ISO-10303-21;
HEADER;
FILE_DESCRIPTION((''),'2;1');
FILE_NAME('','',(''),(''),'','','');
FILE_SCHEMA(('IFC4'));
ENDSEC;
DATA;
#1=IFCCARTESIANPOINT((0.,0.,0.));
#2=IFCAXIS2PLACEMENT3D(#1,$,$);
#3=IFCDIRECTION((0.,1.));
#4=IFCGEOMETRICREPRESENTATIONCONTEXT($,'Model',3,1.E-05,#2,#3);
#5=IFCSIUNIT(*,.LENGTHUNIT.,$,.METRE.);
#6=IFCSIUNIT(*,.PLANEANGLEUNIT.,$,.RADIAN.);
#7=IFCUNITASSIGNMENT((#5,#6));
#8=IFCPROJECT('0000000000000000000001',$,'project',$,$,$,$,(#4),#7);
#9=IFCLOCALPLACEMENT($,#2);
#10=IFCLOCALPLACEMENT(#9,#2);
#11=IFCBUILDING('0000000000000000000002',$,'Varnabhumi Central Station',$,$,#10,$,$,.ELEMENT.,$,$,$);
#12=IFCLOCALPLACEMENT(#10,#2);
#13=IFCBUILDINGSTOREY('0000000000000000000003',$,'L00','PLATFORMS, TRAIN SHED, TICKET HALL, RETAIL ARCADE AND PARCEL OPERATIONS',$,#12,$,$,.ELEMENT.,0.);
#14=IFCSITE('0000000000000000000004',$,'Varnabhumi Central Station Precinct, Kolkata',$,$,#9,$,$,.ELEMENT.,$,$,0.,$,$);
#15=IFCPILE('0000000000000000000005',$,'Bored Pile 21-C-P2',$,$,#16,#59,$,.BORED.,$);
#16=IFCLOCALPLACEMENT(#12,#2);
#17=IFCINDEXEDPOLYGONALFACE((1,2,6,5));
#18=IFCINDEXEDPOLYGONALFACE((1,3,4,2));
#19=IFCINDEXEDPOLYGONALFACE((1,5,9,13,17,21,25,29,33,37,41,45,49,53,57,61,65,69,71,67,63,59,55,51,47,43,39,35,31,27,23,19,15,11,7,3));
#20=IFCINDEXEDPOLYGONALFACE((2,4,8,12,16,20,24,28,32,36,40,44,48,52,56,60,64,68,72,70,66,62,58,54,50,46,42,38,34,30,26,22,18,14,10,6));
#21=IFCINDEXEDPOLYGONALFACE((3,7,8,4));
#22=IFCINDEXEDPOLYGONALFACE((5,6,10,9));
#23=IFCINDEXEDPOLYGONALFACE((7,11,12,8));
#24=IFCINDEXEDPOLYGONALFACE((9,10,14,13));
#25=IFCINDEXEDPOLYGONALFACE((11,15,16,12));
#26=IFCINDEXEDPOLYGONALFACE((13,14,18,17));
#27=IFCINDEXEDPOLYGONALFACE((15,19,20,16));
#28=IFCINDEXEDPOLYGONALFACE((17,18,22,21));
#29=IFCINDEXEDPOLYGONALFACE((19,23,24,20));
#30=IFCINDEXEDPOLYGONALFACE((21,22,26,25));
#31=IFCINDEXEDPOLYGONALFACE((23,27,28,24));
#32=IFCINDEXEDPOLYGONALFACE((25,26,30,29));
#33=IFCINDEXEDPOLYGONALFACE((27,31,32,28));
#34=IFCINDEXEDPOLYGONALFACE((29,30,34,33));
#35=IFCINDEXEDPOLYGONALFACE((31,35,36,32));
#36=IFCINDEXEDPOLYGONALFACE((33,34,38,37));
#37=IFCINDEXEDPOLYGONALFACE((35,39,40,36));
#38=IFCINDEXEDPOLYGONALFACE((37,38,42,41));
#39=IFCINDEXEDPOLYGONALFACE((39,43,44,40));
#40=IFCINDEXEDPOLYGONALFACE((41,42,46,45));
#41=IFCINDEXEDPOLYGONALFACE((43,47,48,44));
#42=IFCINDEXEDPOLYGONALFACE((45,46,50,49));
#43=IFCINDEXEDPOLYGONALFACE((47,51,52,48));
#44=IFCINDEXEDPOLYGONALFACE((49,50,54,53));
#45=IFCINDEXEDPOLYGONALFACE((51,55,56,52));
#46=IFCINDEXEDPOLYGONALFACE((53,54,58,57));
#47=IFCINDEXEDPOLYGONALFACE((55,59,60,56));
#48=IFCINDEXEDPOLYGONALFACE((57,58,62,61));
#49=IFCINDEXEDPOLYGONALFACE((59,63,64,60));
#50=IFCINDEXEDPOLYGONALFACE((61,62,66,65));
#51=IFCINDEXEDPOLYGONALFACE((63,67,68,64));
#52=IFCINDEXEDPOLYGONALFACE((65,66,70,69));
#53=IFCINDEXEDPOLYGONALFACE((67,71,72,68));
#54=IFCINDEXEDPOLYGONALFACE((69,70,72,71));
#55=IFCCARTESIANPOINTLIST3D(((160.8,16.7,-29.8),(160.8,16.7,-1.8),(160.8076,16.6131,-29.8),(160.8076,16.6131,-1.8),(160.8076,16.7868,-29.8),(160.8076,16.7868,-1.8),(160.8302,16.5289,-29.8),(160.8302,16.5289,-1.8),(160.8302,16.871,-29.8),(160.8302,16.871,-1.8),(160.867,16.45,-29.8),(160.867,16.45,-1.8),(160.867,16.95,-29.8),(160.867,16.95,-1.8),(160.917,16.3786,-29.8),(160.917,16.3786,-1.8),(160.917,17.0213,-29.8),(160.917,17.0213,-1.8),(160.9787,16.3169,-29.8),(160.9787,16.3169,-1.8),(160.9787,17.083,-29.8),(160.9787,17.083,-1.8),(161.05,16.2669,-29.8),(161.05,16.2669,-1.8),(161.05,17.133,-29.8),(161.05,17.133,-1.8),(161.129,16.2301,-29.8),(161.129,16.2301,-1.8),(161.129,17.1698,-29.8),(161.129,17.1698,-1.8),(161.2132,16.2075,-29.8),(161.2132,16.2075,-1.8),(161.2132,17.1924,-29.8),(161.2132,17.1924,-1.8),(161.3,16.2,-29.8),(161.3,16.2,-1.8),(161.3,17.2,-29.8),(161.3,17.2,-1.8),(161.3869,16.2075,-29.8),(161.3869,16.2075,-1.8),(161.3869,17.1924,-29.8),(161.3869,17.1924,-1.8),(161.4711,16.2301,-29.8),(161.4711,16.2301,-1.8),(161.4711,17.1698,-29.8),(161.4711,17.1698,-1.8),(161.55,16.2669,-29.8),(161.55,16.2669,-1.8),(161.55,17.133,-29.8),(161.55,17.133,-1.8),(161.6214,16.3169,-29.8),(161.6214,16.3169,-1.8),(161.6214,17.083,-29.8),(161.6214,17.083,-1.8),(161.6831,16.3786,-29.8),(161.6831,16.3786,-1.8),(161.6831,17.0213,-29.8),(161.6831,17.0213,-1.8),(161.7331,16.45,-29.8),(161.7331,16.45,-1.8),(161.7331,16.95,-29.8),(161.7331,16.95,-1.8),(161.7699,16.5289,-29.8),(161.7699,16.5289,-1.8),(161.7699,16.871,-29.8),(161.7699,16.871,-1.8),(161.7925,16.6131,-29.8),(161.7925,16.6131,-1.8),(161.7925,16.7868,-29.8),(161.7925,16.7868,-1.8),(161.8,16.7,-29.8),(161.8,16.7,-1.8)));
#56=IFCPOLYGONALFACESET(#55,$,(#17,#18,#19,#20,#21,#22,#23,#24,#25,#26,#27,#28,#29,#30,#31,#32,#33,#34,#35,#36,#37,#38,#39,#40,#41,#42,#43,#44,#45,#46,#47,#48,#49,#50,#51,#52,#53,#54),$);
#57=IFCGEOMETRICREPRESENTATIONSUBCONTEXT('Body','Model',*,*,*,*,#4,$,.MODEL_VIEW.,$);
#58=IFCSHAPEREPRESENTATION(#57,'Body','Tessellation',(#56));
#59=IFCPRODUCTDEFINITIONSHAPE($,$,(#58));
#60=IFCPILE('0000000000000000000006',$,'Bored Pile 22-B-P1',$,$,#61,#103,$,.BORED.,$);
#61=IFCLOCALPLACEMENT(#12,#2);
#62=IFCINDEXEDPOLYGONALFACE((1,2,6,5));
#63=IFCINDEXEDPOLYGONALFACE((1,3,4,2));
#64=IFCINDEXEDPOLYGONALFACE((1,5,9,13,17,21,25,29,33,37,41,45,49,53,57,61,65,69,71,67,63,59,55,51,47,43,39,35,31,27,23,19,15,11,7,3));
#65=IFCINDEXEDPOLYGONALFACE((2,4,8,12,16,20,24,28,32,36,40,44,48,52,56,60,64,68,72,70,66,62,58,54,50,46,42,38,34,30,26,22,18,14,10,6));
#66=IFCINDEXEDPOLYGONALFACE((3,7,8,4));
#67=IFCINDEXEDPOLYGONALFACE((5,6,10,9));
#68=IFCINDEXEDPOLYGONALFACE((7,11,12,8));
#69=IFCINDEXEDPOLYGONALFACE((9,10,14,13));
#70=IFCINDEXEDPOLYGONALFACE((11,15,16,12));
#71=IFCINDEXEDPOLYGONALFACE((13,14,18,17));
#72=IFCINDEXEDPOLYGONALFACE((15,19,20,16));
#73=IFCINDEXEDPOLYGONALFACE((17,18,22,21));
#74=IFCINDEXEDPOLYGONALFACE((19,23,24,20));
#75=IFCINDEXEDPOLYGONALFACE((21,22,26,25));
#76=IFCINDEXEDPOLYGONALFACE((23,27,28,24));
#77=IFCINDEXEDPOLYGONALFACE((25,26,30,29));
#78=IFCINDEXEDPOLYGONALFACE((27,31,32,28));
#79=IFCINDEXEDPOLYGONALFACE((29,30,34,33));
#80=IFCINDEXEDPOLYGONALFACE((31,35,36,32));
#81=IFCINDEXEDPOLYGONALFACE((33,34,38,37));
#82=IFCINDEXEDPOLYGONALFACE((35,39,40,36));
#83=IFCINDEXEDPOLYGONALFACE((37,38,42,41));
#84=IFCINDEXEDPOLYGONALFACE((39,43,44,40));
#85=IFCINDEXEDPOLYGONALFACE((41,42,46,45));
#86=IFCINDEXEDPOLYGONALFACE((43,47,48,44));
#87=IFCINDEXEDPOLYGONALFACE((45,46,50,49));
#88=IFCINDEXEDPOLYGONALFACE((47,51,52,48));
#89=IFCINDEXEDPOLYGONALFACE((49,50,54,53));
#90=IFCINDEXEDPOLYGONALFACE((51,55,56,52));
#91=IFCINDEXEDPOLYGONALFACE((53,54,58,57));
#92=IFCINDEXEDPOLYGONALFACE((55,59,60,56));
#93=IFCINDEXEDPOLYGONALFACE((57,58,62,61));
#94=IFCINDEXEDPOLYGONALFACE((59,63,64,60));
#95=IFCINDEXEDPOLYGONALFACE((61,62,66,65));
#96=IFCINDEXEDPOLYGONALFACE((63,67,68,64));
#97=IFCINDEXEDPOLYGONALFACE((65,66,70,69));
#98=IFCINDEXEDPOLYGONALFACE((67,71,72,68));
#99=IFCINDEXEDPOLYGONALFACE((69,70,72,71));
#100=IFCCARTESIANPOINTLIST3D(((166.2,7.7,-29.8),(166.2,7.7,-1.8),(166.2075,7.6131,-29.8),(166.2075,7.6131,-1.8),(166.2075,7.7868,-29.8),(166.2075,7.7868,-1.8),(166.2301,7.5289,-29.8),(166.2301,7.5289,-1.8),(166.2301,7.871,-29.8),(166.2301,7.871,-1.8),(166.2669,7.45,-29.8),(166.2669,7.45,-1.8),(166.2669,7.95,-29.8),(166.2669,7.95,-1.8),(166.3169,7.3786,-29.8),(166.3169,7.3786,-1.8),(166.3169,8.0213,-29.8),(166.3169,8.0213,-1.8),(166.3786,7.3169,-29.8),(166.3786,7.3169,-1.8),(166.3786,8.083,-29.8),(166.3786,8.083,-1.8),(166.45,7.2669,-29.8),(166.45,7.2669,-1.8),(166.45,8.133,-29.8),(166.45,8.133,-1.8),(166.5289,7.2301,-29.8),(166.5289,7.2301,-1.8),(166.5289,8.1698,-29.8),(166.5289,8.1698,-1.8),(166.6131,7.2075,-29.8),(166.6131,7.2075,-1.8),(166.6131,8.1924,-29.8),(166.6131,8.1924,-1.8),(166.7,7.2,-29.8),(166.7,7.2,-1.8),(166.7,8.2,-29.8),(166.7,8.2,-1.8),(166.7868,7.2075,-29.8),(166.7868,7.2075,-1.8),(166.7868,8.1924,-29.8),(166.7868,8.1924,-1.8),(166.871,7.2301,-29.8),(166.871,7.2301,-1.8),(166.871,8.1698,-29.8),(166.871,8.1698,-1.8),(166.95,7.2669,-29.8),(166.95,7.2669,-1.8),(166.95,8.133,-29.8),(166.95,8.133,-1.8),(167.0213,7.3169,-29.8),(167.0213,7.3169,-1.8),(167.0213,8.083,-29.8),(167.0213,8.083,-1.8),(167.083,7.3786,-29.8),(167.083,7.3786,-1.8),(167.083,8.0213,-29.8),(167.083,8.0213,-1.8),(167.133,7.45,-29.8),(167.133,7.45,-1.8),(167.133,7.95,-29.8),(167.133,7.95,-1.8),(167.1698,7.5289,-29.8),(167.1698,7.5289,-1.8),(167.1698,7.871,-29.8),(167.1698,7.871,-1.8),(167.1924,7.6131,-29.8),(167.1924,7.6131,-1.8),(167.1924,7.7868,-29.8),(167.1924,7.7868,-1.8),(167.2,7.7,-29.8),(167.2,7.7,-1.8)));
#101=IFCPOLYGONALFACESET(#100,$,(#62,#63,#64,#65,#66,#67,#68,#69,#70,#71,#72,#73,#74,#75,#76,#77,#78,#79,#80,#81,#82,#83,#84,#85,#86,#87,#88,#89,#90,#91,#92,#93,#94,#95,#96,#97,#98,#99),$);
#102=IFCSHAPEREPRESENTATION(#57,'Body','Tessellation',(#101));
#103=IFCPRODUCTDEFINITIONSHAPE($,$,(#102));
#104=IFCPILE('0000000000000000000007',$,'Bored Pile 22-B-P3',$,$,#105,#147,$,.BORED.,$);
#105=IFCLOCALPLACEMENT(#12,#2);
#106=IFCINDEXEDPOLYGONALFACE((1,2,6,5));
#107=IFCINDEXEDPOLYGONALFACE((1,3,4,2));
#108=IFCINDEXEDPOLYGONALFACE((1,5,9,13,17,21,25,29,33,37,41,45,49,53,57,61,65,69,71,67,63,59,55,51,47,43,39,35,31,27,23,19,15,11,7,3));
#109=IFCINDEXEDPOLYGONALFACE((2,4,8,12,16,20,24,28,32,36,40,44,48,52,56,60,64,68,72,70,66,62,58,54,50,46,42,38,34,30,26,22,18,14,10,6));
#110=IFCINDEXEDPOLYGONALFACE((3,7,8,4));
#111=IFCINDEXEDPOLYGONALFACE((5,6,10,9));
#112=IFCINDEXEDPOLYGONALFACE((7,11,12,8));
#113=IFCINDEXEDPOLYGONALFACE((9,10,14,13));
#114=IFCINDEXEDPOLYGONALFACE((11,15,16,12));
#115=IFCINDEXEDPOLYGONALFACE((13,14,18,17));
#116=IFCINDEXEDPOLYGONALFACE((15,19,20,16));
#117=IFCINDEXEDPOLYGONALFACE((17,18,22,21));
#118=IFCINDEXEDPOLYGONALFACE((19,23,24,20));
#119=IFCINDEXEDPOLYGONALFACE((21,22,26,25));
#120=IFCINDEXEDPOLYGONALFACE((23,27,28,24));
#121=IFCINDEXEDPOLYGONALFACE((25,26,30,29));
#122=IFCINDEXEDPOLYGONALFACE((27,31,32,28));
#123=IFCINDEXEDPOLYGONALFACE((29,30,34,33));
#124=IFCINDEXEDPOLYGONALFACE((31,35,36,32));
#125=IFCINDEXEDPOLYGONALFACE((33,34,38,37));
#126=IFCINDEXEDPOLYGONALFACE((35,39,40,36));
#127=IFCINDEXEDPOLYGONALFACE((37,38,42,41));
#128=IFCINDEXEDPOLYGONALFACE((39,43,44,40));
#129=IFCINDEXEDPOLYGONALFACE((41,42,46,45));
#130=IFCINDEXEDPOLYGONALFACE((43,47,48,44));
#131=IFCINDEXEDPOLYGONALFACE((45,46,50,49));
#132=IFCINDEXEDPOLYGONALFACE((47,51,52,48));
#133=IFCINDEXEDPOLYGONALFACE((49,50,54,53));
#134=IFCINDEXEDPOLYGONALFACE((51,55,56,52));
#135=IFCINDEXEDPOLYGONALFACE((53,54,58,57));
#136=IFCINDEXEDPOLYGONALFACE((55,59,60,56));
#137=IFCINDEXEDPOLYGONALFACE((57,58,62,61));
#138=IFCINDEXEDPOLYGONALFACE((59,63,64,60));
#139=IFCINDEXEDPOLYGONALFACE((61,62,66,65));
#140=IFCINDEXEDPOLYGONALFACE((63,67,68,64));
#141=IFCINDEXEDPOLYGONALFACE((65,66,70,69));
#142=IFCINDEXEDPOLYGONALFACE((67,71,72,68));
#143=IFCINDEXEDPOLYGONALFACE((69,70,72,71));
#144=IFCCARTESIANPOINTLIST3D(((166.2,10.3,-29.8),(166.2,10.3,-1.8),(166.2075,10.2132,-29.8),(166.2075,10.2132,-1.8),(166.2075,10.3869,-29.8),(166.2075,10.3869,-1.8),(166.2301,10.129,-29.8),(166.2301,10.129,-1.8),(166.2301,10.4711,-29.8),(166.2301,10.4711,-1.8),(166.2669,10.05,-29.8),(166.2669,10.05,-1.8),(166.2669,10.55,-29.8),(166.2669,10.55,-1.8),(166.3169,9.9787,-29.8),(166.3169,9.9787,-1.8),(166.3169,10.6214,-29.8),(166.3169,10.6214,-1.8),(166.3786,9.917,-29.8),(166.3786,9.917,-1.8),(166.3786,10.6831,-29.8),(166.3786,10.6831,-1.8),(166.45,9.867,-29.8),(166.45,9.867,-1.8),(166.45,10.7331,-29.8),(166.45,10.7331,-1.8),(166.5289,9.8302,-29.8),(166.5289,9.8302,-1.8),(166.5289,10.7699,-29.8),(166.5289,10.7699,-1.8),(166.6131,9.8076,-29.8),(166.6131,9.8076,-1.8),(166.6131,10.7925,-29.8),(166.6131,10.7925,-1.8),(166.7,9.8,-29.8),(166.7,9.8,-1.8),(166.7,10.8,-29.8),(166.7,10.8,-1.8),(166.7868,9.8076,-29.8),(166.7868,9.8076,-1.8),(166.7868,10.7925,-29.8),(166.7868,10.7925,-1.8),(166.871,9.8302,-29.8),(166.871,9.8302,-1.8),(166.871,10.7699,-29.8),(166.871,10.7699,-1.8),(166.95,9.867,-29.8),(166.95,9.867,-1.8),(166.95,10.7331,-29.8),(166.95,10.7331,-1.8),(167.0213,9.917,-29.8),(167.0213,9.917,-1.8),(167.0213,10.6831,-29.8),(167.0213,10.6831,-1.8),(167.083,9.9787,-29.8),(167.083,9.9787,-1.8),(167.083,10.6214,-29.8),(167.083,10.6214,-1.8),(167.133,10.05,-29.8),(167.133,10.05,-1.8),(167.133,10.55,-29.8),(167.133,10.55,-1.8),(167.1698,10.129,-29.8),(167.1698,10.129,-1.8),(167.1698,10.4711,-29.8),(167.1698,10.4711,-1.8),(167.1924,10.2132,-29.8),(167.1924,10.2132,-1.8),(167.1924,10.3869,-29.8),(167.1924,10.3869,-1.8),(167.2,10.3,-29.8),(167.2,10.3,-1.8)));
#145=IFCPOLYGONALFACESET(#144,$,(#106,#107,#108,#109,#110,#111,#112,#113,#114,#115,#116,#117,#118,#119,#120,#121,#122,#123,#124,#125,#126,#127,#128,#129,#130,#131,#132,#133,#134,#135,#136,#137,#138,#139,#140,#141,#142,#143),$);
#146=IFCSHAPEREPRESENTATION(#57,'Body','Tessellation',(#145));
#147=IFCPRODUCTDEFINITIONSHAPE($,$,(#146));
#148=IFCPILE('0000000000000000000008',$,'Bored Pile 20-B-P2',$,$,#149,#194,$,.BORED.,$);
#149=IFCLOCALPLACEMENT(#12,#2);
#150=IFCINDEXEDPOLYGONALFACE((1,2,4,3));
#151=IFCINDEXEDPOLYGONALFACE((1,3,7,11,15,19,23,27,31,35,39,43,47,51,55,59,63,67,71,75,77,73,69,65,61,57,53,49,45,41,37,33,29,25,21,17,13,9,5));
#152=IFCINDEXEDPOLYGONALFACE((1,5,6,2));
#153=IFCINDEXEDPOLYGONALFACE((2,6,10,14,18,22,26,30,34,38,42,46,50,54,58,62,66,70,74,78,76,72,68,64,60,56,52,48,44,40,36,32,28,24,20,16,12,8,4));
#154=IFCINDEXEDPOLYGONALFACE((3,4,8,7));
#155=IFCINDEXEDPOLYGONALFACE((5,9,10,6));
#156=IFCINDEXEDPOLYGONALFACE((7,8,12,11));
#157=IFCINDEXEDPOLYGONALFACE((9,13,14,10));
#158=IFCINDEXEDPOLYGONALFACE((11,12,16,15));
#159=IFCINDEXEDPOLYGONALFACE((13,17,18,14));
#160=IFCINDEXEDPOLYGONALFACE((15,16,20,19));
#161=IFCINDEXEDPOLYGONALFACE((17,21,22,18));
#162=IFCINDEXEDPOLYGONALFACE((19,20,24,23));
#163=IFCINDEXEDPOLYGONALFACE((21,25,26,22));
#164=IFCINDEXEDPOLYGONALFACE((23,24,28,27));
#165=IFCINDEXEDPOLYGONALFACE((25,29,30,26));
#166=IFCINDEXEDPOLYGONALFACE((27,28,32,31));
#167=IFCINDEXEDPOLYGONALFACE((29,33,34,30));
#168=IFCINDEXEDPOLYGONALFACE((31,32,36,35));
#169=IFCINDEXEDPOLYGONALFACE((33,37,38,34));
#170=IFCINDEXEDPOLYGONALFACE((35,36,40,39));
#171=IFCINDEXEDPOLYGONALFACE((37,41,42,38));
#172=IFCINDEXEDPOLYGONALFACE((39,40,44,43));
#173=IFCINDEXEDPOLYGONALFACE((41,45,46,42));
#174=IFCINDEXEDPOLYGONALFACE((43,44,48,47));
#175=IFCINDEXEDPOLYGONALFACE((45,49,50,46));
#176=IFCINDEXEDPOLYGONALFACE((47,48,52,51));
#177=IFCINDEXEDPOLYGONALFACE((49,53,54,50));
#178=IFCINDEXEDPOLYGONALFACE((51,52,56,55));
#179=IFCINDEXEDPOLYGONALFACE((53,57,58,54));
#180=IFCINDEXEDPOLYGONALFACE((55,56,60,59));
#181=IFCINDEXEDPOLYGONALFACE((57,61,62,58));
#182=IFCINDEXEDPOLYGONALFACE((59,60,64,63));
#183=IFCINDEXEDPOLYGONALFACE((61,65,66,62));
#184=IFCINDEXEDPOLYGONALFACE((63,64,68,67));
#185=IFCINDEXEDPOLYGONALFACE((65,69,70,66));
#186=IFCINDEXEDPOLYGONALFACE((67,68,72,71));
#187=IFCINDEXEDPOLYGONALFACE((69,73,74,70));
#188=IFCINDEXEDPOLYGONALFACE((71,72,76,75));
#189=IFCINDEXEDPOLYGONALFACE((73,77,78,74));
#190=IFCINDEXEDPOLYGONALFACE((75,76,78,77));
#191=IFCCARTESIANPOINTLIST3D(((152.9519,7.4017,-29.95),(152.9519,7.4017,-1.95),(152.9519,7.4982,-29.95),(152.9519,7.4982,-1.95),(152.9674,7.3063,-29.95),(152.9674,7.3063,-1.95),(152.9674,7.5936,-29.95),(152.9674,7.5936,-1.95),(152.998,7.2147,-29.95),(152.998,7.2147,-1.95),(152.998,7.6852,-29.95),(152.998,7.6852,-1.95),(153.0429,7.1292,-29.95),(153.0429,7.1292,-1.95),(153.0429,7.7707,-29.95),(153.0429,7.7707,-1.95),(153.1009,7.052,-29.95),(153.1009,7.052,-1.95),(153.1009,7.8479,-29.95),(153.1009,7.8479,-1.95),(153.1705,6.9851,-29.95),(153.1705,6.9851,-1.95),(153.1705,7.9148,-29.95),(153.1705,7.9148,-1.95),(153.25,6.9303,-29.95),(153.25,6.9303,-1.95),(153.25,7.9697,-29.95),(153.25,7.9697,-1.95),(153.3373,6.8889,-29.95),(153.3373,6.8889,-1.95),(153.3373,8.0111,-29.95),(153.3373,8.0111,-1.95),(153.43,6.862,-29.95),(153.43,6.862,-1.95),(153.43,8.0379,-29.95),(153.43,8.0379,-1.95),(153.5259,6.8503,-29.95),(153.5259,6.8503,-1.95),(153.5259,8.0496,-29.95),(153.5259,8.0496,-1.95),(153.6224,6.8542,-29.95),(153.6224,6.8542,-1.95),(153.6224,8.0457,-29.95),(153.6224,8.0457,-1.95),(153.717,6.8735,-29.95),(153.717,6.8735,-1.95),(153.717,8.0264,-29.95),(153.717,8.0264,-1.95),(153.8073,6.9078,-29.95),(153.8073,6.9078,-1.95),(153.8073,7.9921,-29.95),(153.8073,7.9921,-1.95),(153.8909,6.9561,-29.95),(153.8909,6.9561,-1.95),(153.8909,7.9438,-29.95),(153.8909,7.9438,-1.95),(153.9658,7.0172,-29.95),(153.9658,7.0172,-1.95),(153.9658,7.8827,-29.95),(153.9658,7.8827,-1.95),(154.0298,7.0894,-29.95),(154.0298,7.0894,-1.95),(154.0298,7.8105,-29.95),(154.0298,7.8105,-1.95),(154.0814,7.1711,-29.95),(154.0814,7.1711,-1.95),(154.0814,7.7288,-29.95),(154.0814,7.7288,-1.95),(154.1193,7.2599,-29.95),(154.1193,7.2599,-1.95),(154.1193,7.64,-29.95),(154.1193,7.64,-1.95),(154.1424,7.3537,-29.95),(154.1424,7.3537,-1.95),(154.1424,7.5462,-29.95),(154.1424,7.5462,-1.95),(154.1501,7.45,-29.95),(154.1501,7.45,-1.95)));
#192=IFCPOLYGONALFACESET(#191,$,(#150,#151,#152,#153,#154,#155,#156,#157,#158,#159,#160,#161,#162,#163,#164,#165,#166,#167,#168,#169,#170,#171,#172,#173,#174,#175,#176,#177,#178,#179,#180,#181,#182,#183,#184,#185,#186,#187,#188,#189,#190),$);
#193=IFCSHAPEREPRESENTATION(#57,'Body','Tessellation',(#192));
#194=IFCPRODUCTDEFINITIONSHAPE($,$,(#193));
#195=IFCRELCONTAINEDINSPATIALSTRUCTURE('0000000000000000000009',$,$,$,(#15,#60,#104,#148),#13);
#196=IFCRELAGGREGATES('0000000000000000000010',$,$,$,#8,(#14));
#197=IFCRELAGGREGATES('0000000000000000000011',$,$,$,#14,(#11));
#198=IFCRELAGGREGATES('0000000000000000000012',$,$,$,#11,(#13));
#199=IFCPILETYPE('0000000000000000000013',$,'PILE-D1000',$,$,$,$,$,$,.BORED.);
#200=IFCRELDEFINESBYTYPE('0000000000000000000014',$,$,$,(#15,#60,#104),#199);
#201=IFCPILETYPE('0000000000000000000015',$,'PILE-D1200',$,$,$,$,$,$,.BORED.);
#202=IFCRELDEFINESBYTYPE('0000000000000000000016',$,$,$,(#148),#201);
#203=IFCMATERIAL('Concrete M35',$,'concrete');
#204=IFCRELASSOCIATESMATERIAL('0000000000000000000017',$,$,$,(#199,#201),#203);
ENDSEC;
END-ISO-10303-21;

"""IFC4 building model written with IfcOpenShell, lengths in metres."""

from ifc_helpers import new_model, si_unit, direction, frame, origin, origin_2d, place, context, subcontext, project, spatial, circle, extrude, material, material_profile, profile_set, type_object, element, save


model = new_model("IFC4")

# Units and contexts
model_context = context("Model", 3, precision=1e-05, world=origin(), true_north=direction((0.0, 1.0)))
body_context = subcontext(model_context, "Body", "Model", "MODEL_VIEW")
ifc_project = project(units=[si_unit("LENGTHUNIT", "METRE"), si_unit("PLANEANGLEUNIT", "RADIAN")], contexts=[model_context])

# Site, building, storey
site_placement = place(None, origin())
site = spatial("IfcSite", under=ifc_project, at=site_placement, Name="Varnabhumi Central Station Precinct, Kolkata", CompositionType="ELEMENT", RefElevation=0.0)
building_placement = place(site_placement, origin())
building = spatial("IfcBuilding", under=site, at=building_placement, Name="Varnabhumi Central Station", CompositionType="ELEMENT")
storey_placement = place(building_placement, origin())
storey = spatial("IfcBuildingStorey", under=building, at=storey_placement, Name="L00", Description="PLATFORMS, TRAIN SHED, TICKET HALL, RETAIL ARCADE AND PARCEL OPERATIONS", CompositionType="ELEMENT", Elevation=0.0)

# Piles
ifc_material_1 = material(Name="Concrete M35", Category="concrete")
ifc_material_profile_1 = material_profile(ifc_material_1, circle(Radius=0.5, at=origin_2d()), Name="Concrete M35", Category="concrete")
ifc_profile_set_1 = profile_set([ifc_material_profile_1], Name="Concrete M35")
pile_type_1 = type_object("IfcPileType", Name="PILE-D1000", PredefinedType="BORED", material=ifc_profile_set_1)
for number, where, z_axis, x_axis, name in (
    (1, (161.3, 16.7, -1.8), (0.0, 0.0, -1.0), (1.0, 0.0, 0.0), "Bored Pile 21-C-P2"),
    (2, (166.7, 7.7, -1.8), (0.0, 0.0, -1.0), (1.0, 0.0, 0.0), "Bored Pile 22-B-P1"),
    (3, (166.7, 10.3, -1.8), (0.0, 0.0, -1.0), (1.0, 0.0, 0.0), "Bored Pile 22-B-P3"),
):
    element("IfcPile", number, at=place(storey_placement, frame(where, z_axis=z_axis, x_axis=x_axis)), inside=storey, type_object=pile_type_1, Name=name, PredefinedType="BORED", context=body_context, shape_type="SweptSolid", body=[
        extrude(circle(Radius=0.5, at=origin_2d()), origin(), (0.0, 0.0, 1.0), 28.0),
    ])
ifc_material_profile_2 = material_profile(ifc_material_1, circle(Radius=0.6001, at=origin_2d()), Name="Concrete M35", Category="concrete")
ifc_profile_set_2 = profile_set([ifc_material_profile_2], Name="Concrete M35")
pile_type_2 = type_object("IfcPileType", Name="PILE-D1200", PredefinedType="BORED", material=ifc_profile_set_2)
for number, where, z_axis, x_axis, name in (
    (4, (153.55, 7.45, -1.95), (0.0, 0.0, -1.0), (1.0, 0.0, 0.0), "Bored Pile 20-B-P2"),
):
    element("IfcPile", number, at=place(storey_placement, frame(where, z_axis=z_axis, x_axis=x_axis)), inside=storey, type_object=pile_type_2, Name=name, PredefinedType="BORED", context=body_context, shape_type="SweptSolid", body=[
        extrude(circle(Radius=0.6001, at=origin_2d()), origin(), (0.0, 0.0, 1.0), 28.0),
    ])

save(model, "model.ifc")
